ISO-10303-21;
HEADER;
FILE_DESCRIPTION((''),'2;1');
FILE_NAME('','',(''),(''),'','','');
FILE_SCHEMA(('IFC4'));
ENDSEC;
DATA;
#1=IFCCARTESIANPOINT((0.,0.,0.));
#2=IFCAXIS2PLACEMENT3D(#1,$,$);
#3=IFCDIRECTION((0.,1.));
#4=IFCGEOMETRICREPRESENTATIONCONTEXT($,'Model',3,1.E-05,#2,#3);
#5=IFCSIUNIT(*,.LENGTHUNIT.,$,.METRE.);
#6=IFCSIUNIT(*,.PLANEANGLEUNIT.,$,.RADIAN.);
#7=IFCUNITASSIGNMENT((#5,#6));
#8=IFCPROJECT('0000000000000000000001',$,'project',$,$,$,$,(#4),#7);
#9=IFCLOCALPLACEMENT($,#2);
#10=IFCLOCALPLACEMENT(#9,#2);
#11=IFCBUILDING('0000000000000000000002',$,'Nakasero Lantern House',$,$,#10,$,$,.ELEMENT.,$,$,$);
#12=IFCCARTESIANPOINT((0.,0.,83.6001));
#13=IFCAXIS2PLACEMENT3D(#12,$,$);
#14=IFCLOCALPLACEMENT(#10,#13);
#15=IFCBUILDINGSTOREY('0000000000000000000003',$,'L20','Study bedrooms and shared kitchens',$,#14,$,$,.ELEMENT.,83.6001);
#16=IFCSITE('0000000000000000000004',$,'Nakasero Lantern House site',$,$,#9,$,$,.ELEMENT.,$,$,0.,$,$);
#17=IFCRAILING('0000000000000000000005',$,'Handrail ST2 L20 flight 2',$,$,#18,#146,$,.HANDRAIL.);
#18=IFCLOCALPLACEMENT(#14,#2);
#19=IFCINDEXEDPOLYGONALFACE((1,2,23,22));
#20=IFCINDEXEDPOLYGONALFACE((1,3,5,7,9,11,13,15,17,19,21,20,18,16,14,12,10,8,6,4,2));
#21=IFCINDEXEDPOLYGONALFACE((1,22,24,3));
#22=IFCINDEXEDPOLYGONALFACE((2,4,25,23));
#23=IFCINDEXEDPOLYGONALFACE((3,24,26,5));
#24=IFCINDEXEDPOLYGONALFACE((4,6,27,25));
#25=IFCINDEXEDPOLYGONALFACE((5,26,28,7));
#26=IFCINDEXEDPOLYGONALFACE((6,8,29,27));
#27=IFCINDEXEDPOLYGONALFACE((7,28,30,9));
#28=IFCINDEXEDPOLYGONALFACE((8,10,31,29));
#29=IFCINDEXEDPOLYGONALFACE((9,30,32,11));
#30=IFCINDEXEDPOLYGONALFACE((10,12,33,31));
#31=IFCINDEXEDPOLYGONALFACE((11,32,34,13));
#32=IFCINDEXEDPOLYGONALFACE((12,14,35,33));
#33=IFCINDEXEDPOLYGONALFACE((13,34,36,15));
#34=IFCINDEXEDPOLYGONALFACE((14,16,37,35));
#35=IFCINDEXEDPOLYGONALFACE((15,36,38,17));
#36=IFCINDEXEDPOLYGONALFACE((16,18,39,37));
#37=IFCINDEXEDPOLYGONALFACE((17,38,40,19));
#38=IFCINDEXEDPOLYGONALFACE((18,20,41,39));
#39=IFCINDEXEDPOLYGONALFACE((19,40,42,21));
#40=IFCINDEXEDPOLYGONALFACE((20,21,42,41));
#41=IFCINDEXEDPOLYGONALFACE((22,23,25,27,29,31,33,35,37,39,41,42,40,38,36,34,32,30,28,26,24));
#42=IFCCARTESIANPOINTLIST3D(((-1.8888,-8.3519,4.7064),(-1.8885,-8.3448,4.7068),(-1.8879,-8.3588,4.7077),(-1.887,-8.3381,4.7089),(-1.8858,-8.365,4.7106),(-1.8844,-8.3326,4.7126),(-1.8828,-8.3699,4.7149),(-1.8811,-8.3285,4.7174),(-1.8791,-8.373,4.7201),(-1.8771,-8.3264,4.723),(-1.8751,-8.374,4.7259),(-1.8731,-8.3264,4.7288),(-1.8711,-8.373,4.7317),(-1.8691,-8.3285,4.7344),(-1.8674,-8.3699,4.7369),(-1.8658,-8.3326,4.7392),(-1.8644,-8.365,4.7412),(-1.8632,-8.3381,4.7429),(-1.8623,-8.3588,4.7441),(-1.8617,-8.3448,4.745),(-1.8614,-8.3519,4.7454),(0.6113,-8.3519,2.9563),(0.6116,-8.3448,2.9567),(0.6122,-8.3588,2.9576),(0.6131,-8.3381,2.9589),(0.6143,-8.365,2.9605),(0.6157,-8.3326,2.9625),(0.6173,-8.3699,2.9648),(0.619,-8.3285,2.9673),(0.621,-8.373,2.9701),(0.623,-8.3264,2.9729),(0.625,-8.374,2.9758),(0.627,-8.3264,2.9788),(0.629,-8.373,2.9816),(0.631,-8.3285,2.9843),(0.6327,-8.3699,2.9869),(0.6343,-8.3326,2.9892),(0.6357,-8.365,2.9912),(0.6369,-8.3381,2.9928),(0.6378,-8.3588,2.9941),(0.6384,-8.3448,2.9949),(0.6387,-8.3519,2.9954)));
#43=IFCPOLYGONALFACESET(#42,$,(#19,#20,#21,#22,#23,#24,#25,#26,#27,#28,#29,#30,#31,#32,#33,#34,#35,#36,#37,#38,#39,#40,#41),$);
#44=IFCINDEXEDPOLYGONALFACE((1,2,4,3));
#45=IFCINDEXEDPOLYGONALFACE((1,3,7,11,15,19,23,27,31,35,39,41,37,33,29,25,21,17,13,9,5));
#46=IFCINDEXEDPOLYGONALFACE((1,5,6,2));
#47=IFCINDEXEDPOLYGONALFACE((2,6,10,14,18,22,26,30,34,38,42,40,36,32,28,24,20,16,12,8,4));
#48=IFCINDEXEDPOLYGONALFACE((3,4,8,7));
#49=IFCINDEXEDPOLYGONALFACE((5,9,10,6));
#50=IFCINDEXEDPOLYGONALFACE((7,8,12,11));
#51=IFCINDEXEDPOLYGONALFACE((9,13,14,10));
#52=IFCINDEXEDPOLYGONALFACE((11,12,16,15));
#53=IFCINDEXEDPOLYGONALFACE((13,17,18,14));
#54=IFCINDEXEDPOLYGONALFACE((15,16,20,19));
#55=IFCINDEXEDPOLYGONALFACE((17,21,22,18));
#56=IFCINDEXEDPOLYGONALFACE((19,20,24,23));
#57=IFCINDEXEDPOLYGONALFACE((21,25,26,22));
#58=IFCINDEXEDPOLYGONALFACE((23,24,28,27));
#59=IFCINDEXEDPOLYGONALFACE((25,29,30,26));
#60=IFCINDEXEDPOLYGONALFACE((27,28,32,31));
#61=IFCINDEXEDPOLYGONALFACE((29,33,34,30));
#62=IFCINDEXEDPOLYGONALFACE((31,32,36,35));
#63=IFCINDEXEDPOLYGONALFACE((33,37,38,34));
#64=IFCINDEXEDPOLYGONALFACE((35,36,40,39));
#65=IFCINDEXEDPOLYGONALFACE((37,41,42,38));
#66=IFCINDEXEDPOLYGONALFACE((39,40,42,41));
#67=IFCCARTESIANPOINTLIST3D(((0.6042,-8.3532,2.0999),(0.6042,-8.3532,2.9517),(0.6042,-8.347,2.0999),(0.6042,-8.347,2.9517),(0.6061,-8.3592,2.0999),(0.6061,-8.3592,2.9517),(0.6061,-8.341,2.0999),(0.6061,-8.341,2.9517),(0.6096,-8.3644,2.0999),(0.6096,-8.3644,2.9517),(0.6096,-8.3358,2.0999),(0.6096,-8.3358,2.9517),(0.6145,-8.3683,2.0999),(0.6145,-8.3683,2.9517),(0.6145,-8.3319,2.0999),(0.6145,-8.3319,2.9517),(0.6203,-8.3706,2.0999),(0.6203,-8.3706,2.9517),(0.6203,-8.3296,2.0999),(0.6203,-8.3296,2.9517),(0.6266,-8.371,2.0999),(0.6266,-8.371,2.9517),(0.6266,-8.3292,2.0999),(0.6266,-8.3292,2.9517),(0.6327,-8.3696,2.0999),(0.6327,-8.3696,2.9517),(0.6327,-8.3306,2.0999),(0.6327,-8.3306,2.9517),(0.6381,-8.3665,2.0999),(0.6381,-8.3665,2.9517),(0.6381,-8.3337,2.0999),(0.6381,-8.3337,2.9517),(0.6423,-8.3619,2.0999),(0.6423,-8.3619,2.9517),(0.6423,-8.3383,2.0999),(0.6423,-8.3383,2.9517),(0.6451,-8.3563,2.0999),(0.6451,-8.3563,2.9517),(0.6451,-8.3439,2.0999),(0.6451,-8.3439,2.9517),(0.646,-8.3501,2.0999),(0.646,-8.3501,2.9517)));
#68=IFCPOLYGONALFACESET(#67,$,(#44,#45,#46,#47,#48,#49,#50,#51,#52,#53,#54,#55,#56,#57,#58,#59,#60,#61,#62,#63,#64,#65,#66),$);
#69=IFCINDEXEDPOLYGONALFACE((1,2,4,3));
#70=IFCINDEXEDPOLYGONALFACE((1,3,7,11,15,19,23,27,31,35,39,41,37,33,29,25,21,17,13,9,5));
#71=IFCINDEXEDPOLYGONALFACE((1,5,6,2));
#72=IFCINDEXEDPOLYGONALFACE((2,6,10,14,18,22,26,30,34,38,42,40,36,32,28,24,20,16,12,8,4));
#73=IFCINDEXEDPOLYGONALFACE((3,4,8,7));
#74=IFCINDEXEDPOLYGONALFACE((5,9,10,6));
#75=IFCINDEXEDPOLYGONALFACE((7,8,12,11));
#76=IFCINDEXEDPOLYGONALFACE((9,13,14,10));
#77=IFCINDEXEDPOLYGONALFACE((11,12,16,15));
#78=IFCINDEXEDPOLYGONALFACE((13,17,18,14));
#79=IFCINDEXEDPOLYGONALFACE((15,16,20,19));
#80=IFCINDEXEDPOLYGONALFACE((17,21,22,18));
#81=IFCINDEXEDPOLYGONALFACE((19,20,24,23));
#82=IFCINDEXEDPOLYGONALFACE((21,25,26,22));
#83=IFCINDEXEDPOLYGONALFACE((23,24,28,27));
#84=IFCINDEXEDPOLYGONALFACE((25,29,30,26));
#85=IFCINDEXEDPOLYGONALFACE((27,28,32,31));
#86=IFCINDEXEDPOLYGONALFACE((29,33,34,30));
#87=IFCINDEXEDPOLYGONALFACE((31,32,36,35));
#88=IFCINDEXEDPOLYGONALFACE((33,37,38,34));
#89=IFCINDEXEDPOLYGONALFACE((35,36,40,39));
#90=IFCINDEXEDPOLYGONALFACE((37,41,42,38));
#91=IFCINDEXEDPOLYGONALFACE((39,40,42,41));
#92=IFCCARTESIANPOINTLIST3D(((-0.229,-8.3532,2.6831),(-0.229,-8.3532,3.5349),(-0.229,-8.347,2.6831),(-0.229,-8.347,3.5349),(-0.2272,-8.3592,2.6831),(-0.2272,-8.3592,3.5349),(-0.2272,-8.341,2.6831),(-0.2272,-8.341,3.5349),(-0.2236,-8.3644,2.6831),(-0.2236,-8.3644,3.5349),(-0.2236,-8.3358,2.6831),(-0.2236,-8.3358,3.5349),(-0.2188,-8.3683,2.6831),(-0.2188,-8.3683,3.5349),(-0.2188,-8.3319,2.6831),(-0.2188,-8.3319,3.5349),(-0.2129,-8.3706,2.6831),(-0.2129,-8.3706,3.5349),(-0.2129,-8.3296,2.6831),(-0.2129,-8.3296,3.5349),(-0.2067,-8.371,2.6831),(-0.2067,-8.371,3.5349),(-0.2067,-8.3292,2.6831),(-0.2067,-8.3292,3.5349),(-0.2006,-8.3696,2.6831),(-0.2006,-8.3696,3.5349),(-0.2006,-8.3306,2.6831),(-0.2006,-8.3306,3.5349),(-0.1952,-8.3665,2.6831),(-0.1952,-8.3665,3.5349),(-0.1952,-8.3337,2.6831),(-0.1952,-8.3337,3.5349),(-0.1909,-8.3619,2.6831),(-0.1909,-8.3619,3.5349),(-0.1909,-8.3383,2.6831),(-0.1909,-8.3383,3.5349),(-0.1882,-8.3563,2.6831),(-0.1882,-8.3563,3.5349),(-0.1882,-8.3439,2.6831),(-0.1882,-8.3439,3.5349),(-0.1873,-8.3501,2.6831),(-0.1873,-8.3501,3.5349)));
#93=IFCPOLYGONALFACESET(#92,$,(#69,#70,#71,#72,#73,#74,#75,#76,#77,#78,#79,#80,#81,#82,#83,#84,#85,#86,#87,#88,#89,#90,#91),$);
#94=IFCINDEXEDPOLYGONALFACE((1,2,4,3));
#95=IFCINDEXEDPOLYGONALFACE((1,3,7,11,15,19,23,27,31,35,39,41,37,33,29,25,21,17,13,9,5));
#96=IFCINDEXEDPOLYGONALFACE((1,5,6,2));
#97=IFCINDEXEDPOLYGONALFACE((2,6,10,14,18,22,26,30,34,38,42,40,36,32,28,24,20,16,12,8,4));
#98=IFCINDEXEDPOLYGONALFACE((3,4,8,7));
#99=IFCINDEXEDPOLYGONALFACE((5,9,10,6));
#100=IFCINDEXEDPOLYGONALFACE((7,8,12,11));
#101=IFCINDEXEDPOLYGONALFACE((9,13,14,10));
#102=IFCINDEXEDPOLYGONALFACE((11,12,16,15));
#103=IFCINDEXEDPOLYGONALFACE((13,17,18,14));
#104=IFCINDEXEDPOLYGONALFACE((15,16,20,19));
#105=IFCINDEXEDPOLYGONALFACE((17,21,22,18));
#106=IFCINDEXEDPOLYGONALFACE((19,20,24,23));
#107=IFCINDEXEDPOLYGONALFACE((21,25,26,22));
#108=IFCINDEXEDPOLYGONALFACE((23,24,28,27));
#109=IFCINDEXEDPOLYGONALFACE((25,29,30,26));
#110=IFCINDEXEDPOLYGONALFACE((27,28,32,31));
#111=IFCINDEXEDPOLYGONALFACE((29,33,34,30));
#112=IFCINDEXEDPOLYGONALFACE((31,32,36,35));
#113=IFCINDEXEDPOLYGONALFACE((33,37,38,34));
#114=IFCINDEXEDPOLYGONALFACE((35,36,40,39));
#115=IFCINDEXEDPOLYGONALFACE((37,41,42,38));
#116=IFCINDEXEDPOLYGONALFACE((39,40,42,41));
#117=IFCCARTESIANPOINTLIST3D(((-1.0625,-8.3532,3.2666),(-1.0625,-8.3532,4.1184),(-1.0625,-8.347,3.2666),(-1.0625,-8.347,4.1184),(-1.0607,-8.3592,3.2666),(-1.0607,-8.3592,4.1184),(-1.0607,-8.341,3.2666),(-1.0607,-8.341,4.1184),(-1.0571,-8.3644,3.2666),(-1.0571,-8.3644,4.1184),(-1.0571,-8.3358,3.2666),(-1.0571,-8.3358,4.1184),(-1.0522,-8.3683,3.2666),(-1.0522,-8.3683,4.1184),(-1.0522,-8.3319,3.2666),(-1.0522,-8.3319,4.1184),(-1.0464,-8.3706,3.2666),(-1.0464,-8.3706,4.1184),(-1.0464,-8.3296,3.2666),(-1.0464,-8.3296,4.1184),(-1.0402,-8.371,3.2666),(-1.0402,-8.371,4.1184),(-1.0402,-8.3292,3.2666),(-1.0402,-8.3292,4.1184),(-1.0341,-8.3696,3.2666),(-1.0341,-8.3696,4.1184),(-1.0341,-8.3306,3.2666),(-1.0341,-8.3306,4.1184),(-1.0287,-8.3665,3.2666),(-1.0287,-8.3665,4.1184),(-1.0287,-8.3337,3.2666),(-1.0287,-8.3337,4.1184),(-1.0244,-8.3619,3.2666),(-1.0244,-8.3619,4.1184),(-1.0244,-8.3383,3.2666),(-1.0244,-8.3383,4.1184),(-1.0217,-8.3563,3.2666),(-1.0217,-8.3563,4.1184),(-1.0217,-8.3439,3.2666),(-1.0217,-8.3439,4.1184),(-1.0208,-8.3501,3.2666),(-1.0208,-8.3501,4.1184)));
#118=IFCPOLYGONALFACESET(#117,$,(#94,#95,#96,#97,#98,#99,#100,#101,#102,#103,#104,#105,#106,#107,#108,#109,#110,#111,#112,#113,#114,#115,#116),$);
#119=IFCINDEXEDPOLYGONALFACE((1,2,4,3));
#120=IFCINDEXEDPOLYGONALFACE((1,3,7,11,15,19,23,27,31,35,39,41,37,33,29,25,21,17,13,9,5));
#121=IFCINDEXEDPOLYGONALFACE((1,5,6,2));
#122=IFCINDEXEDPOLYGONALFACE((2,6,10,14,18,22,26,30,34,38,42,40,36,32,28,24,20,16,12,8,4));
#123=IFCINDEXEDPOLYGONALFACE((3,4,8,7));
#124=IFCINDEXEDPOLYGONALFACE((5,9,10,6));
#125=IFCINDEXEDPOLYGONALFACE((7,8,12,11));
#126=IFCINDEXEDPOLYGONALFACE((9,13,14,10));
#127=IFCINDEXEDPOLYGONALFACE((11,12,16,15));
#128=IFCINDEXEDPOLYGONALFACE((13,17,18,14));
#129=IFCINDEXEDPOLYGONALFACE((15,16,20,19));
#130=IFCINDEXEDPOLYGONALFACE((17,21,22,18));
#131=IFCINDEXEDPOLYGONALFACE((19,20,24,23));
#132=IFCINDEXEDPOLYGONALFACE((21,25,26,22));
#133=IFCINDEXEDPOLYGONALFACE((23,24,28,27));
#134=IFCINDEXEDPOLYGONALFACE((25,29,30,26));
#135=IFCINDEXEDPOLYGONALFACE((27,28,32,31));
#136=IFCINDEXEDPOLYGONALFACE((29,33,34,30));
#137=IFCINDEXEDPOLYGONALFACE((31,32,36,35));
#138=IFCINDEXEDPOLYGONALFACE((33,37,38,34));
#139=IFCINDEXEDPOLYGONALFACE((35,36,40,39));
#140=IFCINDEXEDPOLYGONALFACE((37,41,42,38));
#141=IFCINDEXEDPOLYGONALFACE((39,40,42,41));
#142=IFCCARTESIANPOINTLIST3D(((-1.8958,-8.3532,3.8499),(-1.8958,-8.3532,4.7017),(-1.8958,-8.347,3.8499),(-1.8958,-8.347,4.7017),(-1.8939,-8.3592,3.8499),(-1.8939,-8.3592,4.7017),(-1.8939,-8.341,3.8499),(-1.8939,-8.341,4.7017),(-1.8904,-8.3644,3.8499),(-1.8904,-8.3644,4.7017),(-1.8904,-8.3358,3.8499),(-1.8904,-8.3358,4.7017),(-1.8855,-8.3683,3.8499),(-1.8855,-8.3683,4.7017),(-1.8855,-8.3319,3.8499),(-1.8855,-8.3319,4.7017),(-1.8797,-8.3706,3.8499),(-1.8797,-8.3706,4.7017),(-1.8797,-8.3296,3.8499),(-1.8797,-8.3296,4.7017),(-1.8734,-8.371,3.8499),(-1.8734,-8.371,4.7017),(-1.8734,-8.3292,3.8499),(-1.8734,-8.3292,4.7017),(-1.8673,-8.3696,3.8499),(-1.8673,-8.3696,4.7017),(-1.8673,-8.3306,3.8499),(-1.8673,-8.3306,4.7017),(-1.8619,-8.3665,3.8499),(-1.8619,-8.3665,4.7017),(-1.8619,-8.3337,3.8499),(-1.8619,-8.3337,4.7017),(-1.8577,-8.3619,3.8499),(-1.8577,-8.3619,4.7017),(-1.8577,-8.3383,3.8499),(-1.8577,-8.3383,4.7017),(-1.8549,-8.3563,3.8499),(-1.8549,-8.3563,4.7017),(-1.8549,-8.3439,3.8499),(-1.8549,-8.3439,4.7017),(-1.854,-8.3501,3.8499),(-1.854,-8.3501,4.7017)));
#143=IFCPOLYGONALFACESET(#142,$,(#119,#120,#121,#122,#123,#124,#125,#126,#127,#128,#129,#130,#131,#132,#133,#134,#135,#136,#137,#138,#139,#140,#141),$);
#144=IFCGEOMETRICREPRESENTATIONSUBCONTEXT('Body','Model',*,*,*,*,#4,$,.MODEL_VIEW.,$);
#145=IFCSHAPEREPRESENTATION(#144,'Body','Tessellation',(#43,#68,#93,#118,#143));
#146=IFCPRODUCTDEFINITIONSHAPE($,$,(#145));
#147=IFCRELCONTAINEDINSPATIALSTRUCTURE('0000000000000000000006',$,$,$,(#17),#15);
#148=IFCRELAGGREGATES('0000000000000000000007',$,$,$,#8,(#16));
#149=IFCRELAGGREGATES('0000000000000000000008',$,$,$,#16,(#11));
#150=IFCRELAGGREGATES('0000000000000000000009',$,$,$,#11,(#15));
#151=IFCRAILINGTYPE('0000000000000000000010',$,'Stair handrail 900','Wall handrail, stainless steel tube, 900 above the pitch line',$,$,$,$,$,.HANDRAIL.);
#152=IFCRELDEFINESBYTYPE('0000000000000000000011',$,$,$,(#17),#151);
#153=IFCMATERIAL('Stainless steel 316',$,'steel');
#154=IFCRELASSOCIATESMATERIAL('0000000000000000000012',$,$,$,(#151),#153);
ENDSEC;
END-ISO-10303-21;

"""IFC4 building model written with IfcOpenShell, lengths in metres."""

from ifc_helpers import new_model, si_unit, direction, frame, origin, origin_2d, place, context, subcontext, project, spatial, circle, extrude, material, type_object, element, save


model = new_model("IFC4")

# Units and contexts
model_context = context("Model", 3, precision=1e-05, world=origin(), true_north=direction((0.0, 1.0)))
body_context = subcontext(model_context, "Body", "Model", "MODEL_VIEW")
ifc_project = project(units=[si_unit("LENGTHUNIT", "METRE"), si_unit("PLANEANGLEUNIT", "RADIAN")], contexts=[model_context])

# Site, building, storey
site_placement = place(None, origin())
site = spatial("IfcSite", under=ifc_project, at=site_placement, Name="Nakasero Lantern House site", CompositionType="ELEMENT", RefElevation=0.0)
building_placement = place(site_placement, origin())
building = spatial("IfcBuilding", under=site, at=building_placement, Name="Nakasero Lantern House", CompositionType="ELEMENT")
storey_placement = place(building_placement, frame((0.0, 0.0, 83.6001)))
storey = spatial("IfcBuildingStorey", under=building, at=storey_placement, Name="L20", Description="Study bedrooms and shared kitchens", CompositionType="ELEMENT", Elevation=83.6001)

# Railing
ifc_material_1 = material(Name="Stainless steel 316", Category="steel")
railing_type = type_object("IfcRailingType", Name="Stair handrail 900", Description="Wall handrail, stainless steel tube, 900 above the pitch line", PredefinedType="HANDRAIL", material=ifc_material_1)
railing_placement = place(storey_placement, frame((0.625, -8.3501, 2.0999)))
element("IfcRailing", 1, at=railing_placement, inside=storey, type_object=railing_type, Name="Handrail ST2 L20 flight 2", PredefinedType="HANDRAIL", context=body_context, shape_type="SweptSolid", body=[
    extrude(circle(Radius=0.0239, at=origin_2d()), frame((0.0, 0.0, 0.876), z_axis=(-0.819232, 0.0, 0.573462), x_axis=(0.0, -1.0, 0.0)), (0.0, 0.0, 1.0), 3.0518),
    extrude(circle(Radius=0.021, at=origin_2d()), origin(), (0.0, 0.0, 1.0), 0.8518),
    extrude(circle(Radius=0.021, at=origin_2d()), frame((-0.8333, 0.0, 0.5833)), (0.0, 0.0, 1.0), 0.8518),
    extrude(circle(Radius=0.021, at=origin_2d()), frame((-1.6667, 0.0, 1.1667)), (0.0, 0.0, 1.0), 0.8518),
    extrude(circle(Radius=0.021, at=origin_2d()), frame((-2.5, 0.0, 1.75)), (0.0, 0.0, 1.0), 0.8518),
])

save(model, "model.ifc")
